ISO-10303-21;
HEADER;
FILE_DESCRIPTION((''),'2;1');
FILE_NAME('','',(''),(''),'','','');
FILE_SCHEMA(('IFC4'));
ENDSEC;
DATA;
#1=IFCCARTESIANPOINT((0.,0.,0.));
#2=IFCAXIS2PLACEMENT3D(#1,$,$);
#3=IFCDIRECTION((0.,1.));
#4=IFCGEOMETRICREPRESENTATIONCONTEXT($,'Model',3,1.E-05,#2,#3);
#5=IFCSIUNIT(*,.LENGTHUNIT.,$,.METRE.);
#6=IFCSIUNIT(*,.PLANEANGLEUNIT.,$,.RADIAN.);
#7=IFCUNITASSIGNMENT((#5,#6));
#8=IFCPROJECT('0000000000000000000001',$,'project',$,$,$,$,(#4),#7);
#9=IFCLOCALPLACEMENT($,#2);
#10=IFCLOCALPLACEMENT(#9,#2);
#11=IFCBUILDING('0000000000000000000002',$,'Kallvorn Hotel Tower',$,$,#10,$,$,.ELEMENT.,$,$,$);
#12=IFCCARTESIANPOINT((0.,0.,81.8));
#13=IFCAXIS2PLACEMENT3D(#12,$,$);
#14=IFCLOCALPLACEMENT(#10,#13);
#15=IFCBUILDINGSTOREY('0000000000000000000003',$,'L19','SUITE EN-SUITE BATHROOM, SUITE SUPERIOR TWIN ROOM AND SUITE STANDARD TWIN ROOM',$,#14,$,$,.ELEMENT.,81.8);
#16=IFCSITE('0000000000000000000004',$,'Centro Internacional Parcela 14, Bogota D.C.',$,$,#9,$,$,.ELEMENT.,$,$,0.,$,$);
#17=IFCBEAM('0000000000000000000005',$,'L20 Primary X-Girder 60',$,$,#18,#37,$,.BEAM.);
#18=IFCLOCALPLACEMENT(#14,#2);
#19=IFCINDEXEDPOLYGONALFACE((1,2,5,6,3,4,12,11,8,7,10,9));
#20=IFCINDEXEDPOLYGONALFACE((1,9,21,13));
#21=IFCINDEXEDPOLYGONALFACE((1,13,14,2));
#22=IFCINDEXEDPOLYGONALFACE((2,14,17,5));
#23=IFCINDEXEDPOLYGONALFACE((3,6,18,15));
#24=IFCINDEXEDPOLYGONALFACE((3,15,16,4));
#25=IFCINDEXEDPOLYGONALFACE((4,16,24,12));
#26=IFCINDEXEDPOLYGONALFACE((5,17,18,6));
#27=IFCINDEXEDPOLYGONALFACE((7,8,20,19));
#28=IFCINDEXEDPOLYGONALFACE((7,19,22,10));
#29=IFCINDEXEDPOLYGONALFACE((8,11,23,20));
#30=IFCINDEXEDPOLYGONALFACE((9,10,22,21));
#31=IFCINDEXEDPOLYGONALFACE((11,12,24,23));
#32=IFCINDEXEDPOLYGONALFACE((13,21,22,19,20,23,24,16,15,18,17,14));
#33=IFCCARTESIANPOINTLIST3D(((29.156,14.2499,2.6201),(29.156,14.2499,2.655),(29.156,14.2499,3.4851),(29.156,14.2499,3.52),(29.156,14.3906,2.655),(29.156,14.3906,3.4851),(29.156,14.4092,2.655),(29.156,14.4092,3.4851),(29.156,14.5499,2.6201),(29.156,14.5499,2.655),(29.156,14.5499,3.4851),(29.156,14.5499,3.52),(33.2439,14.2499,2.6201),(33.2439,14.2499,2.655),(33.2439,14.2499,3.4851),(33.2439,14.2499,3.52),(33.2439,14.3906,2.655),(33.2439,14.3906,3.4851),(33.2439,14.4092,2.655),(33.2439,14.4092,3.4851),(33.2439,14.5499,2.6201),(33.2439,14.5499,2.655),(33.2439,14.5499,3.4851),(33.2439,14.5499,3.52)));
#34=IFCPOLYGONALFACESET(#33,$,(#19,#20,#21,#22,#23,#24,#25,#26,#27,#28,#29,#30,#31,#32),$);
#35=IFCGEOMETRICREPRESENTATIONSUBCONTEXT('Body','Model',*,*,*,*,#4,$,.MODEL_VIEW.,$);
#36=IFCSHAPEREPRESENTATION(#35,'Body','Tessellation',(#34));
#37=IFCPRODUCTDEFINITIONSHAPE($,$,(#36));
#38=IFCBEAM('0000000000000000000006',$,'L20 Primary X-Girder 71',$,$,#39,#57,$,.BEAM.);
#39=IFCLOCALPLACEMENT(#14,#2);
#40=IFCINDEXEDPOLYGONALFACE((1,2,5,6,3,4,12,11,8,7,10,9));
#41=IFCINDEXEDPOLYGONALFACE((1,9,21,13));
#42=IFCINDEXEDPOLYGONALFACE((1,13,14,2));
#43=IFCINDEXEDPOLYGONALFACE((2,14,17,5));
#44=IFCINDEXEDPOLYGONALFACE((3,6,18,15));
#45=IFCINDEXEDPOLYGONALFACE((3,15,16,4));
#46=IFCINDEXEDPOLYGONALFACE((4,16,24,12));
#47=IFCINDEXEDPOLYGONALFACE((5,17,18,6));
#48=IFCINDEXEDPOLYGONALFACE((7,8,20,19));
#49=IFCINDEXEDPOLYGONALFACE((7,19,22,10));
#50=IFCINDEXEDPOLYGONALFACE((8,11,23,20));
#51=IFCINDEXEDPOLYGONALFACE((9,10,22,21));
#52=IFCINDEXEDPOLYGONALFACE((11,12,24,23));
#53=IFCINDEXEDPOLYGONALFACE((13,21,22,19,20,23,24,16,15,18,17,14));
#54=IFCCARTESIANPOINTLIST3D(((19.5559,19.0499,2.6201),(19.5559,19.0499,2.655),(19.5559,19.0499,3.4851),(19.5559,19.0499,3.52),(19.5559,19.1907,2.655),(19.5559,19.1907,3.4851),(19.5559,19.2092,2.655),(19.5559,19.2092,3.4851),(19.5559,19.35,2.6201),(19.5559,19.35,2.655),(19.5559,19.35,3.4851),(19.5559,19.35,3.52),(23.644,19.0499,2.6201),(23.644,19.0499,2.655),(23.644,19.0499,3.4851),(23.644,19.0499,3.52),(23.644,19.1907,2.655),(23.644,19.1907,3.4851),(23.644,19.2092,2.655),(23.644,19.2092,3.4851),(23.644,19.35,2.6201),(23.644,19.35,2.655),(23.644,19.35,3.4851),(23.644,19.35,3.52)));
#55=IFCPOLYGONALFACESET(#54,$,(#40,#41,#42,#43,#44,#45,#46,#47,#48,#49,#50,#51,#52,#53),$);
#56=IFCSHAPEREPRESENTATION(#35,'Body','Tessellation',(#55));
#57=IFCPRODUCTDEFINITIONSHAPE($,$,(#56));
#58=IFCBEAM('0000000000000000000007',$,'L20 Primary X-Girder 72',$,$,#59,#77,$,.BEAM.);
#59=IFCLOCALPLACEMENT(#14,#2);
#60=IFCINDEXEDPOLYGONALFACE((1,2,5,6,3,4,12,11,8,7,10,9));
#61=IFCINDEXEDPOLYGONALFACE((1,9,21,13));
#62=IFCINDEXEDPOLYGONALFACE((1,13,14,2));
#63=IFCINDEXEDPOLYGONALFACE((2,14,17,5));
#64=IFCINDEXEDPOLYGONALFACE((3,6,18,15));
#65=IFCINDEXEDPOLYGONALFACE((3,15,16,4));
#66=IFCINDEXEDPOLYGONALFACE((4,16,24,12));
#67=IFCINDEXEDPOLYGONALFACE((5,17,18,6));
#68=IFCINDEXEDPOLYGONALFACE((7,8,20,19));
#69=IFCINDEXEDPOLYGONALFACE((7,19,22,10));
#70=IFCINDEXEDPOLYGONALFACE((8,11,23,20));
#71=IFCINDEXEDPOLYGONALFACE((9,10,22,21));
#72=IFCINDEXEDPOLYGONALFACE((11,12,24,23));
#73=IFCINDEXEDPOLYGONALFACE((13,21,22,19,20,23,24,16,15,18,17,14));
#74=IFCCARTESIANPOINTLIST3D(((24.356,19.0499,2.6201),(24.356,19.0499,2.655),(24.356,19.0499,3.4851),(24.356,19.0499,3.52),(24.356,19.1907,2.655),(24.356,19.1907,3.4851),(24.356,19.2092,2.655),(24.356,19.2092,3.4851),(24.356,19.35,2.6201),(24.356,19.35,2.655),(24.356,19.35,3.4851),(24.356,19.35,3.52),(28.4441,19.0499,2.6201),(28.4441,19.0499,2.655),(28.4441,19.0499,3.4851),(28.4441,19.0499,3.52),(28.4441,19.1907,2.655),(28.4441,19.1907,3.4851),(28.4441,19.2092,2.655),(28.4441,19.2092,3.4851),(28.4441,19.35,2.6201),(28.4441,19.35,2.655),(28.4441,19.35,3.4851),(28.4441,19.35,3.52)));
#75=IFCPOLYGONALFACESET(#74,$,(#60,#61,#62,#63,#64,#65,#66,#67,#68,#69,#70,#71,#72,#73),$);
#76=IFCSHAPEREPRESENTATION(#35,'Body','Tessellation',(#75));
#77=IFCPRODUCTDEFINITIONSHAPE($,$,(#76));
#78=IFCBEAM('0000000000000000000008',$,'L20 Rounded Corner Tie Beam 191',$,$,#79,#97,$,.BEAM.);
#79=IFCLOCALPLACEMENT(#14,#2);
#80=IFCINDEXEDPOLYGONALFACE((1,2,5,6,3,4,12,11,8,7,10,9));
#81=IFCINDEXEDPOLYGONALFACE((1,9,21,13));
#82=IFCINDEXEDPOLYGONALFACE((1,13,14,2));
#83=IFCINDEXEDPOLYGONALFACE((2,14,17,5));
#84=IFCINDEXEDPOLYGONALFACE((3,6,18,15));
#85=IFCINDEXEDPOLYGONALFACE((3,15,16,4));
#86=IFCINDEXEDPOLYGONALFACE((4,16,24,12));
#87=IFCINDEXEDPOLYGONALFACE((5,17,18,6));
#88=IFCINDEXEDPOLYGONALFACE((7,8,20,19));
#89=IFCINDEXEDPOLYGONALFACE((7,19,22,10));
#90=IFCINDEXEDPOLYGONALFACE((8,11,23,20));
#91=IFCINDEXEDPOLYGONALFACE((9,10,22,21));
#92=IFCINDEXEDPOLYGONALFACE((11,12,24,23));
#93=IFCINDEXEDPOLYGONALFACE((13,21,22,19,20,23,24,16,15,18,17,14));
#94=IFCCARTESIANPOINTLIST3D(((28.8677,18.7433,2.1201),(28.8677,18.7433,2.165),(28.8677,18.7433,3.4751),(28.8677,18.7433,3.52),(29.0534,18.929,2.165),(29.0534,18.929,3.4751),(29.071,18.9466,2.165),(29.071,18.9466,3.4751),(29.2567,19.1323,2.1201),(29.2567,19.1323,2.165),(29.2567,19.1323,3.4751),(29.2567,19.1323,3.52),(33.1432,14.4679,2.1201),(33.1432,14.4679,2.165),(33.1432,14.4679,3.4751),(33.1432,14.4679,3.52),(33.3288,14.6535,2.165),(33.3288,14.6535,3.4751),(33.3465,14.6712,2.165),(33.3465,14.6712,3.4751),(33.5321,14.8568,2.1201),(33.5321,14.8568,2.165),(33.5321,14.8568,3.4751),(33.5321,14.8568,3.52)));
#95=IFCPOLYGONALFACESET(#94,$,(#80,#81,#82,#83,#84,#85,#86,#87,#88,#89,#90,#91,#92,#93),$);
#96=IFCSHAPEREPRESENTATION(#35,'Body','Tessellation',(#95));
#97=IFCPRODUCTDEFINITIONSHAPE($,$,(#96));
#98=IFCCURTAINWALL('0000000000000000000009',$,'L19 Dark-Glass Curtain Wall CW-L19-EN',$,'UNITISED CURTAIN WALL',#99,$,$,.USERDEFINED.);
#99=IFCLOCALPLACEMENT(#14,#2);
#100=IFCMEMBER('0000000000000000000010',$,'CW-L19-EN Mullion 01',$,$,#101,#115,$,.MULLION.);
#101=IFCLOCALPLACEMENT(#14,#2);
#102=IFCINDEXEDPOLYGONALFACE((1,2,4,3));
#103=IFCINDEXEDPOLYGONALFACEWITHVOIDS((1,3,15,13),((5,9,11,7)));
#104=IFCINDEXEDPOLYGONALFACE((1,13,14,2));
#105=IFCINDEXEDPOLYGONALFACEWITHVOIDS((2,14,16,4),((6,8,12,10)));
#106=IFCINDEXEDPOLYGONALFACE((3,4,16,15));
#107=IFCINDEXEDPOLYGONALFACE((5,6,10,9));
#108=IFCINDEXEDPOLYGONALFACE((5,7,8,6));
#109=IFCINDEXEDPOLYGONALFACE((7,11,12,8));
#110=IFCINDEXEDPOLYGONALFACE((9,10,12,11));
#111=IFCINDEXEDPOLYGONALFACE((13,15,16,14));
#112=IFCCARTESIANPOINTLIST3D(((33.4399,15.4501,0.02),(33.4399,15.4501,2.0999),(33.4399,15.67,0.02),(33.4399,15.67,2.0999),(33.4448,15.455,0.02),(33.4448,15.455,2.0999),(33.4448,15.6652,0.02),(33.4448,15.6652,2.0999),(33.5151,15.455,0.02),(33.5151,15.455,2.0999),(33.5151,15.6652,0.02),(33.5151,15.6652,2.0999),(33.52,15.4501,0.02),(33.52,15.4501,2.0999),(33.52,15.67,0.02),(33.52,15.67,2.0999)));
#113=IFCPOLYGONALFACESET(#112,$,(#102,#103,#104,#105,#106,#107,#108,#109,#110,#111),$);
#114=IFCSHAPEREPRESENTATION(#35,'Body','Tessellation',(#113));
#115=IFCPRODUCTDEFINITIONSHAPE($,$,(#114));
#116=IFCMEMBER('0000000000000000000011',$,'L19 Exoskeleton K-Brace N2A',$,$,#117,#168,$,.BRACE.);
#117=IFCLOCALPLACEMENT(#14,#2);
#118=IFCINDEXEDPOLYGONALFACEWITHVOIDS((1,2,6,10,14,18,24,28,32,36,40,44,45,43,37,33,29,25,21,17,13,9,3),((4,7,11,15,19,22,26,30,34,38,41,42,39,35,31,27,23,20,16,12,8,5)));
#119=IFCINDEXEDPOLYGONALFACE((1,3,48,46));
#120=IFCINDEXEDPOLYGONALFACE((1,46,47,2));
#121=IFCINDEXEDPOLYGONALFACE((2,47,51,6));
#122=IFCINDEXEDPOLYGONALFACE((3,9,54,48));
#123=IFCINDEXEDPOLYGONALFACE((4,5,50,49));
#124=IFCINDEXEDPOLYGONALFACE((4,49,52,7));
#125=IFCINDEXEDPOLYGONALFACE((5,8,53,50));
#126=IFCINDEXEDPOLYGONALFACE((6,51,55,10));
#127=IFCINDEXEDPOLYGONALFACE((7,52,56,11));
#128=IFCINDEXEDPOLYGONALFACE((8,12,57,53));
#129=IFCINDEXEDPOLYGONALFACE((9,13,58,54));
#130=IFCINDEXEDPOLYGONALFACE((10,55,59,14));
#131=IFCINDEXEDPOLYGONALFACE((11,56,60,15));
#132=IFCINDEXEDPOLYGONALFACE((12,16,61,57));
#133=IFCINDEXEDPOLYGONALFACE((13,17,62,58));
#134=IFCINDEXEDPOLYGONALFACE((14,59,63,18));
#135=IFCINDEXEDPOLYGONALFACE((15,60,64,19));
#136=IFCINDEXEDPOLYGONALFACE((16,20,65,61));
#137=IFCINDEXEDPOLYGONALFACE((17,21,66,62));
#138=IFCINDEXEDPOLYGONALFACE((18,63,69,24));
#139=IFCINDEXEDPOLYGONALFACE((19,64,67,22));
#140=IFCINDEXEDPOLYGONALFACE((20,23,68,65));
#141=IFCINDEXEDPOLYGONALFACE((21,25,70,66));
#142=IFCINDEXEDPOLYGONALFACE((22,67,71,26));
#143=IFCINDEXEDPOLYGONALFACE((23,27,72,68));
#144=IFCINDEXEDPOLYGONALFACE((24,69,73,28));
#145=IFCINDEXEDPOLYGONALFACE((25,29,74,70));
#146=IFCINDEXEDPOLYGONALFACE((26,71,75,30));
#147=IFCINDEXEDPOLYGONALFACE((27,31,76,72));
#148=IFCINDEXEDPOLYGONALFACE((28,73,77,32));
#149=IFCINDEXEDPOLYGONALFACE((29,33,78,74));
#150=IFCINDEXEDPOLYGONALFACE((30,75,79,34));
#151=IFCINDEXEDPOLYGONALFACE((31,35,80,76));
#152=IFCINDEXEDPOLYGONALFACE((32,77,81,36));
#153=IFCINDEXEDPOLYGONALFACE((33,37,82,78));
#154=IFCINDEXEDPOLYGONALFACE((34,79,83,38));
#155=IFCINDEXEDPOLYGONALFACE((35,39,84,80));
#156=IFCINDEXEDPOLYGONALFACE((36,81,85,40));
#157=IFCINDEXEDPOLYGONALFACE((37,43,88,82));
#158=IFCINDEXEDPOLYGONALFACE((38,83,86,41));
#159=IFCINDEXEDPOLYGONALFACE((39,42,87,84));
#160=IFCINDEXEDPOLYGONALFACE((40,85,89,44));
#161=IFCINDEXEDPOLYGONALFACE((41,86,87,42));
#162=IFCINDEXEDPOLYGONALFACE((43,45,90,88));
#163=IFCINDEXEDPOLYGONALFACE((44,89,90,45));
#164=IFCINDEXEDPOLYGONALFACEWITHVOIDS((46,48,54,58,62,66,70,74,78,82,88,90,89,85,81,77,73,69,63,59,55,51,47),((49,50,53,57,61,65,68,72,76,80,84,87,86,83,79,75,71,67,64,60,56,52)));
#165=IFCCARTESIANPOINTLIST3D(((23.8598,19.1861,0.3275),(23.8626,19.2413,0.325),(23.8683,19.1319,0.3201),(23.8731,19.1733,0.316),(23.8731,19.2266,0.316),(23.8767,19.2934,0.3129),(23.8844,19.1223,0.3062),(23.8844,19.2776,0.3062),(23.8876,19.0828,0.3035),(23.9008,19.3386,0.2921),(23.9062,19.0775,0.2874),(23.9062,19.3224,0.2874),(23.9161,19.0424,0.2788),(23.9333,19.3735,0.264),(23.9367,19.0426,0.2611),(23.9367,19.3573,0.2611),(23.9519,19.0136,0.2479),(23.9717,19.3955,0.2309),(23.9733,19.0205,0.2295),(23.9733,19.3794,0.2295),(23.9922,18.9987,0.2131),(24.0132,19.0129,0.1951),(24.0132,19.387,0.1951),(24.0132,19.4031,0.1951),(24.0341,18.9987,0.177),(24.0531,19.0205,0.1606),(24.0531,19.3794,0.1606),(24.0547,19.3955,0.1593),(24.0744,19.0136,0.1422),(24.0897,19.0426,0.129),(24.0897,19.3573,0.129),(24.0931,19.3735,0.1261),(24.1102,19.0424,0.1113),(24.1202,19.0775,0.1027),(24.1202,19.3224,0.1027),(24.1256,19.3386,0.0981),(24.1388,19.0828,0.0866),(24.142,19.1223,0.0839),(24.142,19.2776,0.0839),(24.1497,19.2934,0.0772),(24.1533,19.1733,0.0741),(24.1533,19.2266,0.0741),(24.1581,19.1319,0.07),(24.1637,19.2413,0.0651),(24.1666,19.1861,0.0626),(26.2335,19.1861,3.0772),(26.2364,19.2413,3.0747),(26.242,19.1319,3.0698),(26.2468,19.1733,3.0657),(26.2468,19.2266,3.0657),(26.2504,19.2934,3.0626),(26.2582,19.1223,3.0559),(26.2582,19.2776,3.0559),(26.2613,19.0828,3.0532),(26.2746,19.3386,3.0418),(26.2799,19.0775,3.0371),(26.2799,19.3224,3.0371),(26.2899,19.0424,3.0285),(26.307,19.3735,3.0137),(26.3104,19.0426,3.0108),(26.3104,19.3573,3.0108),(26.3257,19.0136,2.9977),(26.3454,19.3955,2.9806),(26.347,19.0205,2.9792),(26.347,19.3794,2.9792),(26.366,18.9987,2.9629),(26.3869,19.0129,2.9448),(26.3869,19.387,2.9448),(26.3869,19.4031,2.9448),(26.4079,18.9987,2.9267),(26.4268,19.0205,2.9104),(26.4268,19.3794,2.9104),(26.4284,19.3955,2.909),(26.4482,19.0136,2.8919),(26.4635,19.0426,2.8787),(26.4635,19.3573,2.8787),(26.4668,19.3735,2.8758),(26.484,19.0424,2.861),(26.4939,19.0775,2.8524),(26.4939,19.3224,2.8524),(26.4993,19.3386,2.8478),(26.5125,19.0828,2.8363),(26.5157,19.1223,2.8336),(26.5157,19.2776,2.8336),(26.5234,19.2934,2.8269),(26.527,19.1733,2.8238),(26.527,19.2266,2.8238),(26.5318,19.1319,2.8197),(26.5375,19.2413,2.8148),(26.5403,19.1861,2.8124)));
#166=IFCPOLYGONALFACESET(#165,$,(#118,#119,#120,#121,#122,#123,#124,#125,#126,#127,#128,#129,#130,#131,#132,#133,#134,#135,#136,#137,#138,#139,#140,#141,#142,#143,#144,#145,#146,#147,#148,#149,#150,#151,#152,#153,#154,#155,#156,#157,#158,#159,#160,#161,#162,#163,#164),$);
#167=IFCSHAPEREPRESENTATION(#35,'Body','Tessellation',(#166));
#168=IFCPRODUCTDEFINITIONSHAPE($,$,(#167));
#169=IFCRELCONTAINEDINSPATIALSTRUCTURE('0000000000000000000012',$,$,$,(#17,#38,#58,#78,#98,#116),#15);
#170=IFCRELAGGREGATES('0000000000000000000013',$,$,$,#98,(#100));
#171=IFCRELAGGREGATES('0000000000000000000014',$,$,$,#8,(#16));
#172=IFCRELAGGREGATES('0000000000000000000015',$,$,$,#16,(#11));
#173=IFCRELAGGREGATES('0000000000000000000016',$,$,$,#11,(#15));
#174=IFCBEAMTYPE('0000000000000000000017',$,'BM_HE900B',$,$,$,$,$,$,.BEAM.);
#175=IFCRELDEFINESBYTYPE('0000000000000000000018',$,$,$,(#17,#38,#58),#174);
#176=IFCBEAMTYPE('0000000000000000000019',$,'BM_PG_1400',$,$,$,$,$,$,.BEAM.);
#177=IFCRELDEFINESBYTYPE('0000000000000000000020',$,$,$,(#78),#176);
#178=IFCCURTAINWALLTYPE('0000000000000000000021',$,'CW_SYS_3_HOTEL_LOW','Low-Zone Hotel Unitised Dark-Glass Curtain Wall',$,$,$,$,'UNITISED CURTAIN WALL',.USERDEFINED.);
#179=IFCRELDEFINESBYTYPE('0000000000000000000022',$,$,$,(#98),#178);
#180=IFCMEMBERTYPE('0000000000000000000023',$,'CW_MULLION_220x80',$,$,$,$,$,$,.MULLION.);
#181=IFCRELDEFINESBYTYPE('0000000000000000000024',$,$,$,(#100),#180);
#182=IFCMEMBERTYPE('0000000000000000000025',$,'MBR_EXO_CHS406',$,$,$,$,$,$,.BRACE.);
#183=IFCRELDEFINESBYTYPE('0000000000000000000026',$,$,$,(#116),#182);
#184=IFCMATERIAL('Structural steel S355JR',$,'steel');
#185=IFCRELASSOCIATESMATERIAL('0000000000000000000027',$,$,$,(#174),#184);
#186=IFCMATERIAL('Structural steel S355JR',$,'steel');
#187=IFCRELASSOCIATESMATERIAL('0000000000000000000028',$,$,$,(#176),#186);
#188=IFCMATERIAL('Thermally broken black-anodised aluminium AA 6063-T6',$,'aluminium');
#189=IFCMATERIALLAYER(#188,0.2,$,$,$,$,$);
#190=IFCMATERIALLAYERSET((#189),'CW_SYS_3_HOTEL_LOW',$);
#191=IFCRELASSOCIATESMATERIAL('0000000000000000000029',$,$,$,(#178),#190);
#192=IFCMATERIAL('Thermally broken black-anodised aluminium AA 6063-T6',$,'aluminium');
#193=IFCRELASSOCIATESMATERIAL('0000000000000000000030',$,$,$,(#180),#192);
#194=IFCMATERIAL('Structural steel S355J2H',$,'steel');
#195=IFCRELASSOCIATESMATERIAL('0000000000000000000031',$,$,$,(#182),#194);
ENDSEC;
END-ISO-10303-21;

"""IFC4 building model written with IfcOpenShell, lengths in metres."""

from ifc_helpers import new_model, si_unit, direction, frame, origin, origin_2d, place, context, subcontext, project, spatial, hollow_rectangle, hollow_circle, i_section, extrude, material, layer, layer_set, material_profile, profile_set, type_object, element, aggregate, save


model = new_model("IFC4")

# Units and contexts
model_context = context("Model", 3, precision=1e-05, world=origin(), true_north=direction((0.0, 1.0)))
body_context = subcontext(model_context, "Body", "Model", "MODEL_VIEW")
ifc_project = project(units=[si_unit("LENGTHUNIT", "METRE"), si_unit("PLANEANGLEUNIT", "RADIAN")], contexts=[model_context])

# Site, building, storey
site_placement = place(None, origin())
site = spatial("IfcSite", under=ifc_project, at=site_placement, Name="Centro Internacional Parcela 14, Bogota D.C.", CompositionType="ELEMENT", RefElevation=0.0)
building_placement = place(site_placement, origin())
building = spatial("IfcBuilding", under=site, at=building_placement, Name="Kallvorn Hotel Tower", CompositionType="ELEMENT")
storey_placement = place(building_placement, frame((0.0, 0.0, 81.8)))
storey = spatial("IfcBuildingStorey", under=building, at=storey_placement, Name="L19", Description="SUITE EN-SUITE BATHROOM, SUITE SUPERIOR TWIN ROOM AND SUITE STANDARD TWIN ROOM", CompositionType="ELEMENT", Elevation=81.8)

# Beams
ifc_material_1 = material(Name="Structural steel S355JR", Category="steel")
ifc_material_profile_1 = material_profile(ifc_material_1, i_section(OverallWidth=0.3, OverallDepth=0.8999, WebThickness=0.0186, FlangeThickness=0.0349, at=origin_2d()), Name="HE 900 B")
ifc_profile_set_1 = profile_set([ifc_material_profile_1], Name="Structural steel S355JR")
beam_type_1 = type_object("IfcBeamType", Name="BM_HE900B", PredefinedType="BEAM", material=ifc_profile_set_1)
beam_1_placement = place(storey_placement, frame((29.156, 14.3999, 3.0701), z_axis=(1.0, 0.0, 0.0), x_axis=(0.0, 1.0, 0.0)))
element("IfcBeam", 1, at=beam_1_placement, inside=storey, type_object=beam_type_1, Name="L20 Primary X-Girder 60", PredefinedType="BEAM", context=body_context, shape_type="SweptSolid", body=[
    extrude(i_section(OverallWidth=0.3, OverallDepth=0.8999, WebThickness=0.0186, FlangeThickness=0.0349, at=origin_2d()), origin(), (0.0, 0.0, 1.0), 4.0879),
])
for number, where, z_axis, x_axis, name in (
    (2, (19.5559, 19.2, 3.0701), (1.0, 0.0, 0.0), (0.0, 1.0, 0.0), "L20 Primary X-Girder 71"),
    (3, (24.356, 19.2, 3.0701), (1.0, 0.0, 0.0), (0.0, 1.0, 0.0), "L20 Primary X-Girder 72"),
):
    element("IfcBeam", number, at=place(storey_placement, frame(where, z_axis=z_axis, x_axis=x_axis)), inside=storey, type_object=beam_type_1, Name=name, PredefinedType="BEAM", context=body_context, shape_type="SweptSolid", body=[
        extrude(i_section(OverallWidth=0.3, OverallDepth=0.8999, WebThickness=0.0186, FlangeThickness=0.0349, at=origin_2d()), origin(), (0.0, 0.0, 1.0), 4.0881),
    ])
ifc_material_2 = material(Name="Structural steel S355JR", Category="steel")
ifc_material_profile_2 = material_profile(ifc_material_2, i_section(OverallWidth=0.55, OverallDepth=1.3999, WebThickness=0.0249, FlangeThickness=0.0449, at=origin_2d()), Name="PG 1400x550x25x45")
ifc_profile_set_2 = profile_set([ifc_material_profile_2], Name="Structural steel S355JR")
beam_type_2 = type_object("IfcBeamType", Name="BM_PG_1400", PredefinedType="BEAM", material=ifc_profile_set_2)
beam_2_placement = place(storey_placement, frame((33.3376, 14.6624, 2.8201), z_axis=(-0.707107, 0.707107, 0.0), x_axis=(-0.707107, -0.707107, 0.0)))
element("IfcBeam", 4, at=beam_2_placement, inside=storey, type_object=beam_type_2, Name="L20 Rounded Corner Tie Beam 191", PredefinedType="BEAM", context=body_context, shape_type="SweptSolid", body=[
    extrude(i_section(OverallWidth=0.55, OverallDepth=1.3999, WebThickness=0.0249, FlangeThickness=0.0449, at=origin_2d()), origin(), (0.0, 0.0, 1.0), 6.0464),
])

# Curtain wall, member
ifc_material_3 = material(Name="Thermally broken black-anodised aluminium AA 6063-T6", Category="aluminium")
ifc_layer_1 = layer(ifc_material_3, 0.2)
ifc_layer_set_1 = layer_set([ifc_layer_1], Name="CW_SYS_3_HOTEL_LOW")
curtain_wall_type = type_object("IfcCurtainWallType", Name="CW_SYS_3_HOTEL_LOW", Description="Low-Zone Hotel Unitised Dark-Glass Curtain Wall", ElementType="UNITISED CURTAIN WALL", PredefinedType="USERDEFINED", material=ifc_layer_set_1)
curtain_wall_placement = place(storey_placement, origin())
curtain_wall = element("IfcCurtainWall", 5, at=curtain_wall_placement, inside=storey, type_object=curtain_wall_type, Name="L19 Dark-Glass Curtain Wall CW-L19-EN", ObjectType="UNITISED CURTAIN WALL", PredefinedType="USERDEFINED")
ifc_material_4 = material(Name="Thermally broken black-anodised aluminium AA 6063-T6", Category="aluminium")
ifc_material_profile_3 = material_profile(ifc_material_4, hollow_rectangle(XDim=0.0801, YDim=0.22, WallThickness=0.0049, at=origin_2d()), Name="MUL 220x80")
ifc_profile_set_3 = profile_set([ifc_material_profile_3], Name="Thermally broken black-anodised aluminium AA 6063-T6")
member_type_1 = type_object("IfcMemberType", Name="CW_MULLION_220x80", PredefinedType="MULLION", material=ifc_profile_set_3)
member_placement = place(storey_placement, frame((33.48, 15.5601, 0.02), z_axis=(0.0, 0.0, 1.0), x_axis=(1.0, 0.0, 0.0)))
member = element("IfcMember", 6, at=member_placement, type_object=member_type_1, Name="CW-L19-EN Mullion 01", PredefinedType="MULLION", context=body_context, shape_type="SweptSolid", body=[
    extrude(hollow_rectangle(XDim=0.0801, YDim=0.22, WallThickness=0.0049, at=origin_2d()), origin(), (0.0, 0.0, 1.0), 2.0798),
])
aggregate(curtain_wall, [member])

# Member
ifc_material_5 = material(Name="Structural steel S355J2H", Category="steel")
ifc_material_profile_4 = material_profile(ifc_material_5, hollow_circle(Radius=0.2031, WallThickness=0.0161, at=origin_2d()), Name="CHS 406.4x16")
ifc_profile_set_4 = profile_set([ifc_material_profile_4], Name="Structural steel S355J2H")
member_type_2 = type_object("IfcMemberType", Name="MBR_EXO_CHS406", PredefinedType="BRACE", material=ifc_profile_set_4)
for number, where, z_axis, x_axis, name in (
    (7, (24.0132, 19.2, 0.1951), (0.653461, 0.0, 0.756961), (0.0, 1.0, 0.0), "L19 Exoskeleton K-Brace N2A"),
):
    element("IfcMember", number, at=place(storey_placement, frame(where, z_axis=z_axis, x_axis=x_axis)), inside=storey, type_object=member_type_2, Name=name, PredefinedType="BRACE", context=body_context, shape_type="SweptSolid", body=[
        extrude(hollow_circle(Radius=0.2031, WallThickness=0.0161, at=origin_2d()), origin(), (0.0, 0.0, 1.0), 3.6326),
    ])

save(model, "model.ifc")
